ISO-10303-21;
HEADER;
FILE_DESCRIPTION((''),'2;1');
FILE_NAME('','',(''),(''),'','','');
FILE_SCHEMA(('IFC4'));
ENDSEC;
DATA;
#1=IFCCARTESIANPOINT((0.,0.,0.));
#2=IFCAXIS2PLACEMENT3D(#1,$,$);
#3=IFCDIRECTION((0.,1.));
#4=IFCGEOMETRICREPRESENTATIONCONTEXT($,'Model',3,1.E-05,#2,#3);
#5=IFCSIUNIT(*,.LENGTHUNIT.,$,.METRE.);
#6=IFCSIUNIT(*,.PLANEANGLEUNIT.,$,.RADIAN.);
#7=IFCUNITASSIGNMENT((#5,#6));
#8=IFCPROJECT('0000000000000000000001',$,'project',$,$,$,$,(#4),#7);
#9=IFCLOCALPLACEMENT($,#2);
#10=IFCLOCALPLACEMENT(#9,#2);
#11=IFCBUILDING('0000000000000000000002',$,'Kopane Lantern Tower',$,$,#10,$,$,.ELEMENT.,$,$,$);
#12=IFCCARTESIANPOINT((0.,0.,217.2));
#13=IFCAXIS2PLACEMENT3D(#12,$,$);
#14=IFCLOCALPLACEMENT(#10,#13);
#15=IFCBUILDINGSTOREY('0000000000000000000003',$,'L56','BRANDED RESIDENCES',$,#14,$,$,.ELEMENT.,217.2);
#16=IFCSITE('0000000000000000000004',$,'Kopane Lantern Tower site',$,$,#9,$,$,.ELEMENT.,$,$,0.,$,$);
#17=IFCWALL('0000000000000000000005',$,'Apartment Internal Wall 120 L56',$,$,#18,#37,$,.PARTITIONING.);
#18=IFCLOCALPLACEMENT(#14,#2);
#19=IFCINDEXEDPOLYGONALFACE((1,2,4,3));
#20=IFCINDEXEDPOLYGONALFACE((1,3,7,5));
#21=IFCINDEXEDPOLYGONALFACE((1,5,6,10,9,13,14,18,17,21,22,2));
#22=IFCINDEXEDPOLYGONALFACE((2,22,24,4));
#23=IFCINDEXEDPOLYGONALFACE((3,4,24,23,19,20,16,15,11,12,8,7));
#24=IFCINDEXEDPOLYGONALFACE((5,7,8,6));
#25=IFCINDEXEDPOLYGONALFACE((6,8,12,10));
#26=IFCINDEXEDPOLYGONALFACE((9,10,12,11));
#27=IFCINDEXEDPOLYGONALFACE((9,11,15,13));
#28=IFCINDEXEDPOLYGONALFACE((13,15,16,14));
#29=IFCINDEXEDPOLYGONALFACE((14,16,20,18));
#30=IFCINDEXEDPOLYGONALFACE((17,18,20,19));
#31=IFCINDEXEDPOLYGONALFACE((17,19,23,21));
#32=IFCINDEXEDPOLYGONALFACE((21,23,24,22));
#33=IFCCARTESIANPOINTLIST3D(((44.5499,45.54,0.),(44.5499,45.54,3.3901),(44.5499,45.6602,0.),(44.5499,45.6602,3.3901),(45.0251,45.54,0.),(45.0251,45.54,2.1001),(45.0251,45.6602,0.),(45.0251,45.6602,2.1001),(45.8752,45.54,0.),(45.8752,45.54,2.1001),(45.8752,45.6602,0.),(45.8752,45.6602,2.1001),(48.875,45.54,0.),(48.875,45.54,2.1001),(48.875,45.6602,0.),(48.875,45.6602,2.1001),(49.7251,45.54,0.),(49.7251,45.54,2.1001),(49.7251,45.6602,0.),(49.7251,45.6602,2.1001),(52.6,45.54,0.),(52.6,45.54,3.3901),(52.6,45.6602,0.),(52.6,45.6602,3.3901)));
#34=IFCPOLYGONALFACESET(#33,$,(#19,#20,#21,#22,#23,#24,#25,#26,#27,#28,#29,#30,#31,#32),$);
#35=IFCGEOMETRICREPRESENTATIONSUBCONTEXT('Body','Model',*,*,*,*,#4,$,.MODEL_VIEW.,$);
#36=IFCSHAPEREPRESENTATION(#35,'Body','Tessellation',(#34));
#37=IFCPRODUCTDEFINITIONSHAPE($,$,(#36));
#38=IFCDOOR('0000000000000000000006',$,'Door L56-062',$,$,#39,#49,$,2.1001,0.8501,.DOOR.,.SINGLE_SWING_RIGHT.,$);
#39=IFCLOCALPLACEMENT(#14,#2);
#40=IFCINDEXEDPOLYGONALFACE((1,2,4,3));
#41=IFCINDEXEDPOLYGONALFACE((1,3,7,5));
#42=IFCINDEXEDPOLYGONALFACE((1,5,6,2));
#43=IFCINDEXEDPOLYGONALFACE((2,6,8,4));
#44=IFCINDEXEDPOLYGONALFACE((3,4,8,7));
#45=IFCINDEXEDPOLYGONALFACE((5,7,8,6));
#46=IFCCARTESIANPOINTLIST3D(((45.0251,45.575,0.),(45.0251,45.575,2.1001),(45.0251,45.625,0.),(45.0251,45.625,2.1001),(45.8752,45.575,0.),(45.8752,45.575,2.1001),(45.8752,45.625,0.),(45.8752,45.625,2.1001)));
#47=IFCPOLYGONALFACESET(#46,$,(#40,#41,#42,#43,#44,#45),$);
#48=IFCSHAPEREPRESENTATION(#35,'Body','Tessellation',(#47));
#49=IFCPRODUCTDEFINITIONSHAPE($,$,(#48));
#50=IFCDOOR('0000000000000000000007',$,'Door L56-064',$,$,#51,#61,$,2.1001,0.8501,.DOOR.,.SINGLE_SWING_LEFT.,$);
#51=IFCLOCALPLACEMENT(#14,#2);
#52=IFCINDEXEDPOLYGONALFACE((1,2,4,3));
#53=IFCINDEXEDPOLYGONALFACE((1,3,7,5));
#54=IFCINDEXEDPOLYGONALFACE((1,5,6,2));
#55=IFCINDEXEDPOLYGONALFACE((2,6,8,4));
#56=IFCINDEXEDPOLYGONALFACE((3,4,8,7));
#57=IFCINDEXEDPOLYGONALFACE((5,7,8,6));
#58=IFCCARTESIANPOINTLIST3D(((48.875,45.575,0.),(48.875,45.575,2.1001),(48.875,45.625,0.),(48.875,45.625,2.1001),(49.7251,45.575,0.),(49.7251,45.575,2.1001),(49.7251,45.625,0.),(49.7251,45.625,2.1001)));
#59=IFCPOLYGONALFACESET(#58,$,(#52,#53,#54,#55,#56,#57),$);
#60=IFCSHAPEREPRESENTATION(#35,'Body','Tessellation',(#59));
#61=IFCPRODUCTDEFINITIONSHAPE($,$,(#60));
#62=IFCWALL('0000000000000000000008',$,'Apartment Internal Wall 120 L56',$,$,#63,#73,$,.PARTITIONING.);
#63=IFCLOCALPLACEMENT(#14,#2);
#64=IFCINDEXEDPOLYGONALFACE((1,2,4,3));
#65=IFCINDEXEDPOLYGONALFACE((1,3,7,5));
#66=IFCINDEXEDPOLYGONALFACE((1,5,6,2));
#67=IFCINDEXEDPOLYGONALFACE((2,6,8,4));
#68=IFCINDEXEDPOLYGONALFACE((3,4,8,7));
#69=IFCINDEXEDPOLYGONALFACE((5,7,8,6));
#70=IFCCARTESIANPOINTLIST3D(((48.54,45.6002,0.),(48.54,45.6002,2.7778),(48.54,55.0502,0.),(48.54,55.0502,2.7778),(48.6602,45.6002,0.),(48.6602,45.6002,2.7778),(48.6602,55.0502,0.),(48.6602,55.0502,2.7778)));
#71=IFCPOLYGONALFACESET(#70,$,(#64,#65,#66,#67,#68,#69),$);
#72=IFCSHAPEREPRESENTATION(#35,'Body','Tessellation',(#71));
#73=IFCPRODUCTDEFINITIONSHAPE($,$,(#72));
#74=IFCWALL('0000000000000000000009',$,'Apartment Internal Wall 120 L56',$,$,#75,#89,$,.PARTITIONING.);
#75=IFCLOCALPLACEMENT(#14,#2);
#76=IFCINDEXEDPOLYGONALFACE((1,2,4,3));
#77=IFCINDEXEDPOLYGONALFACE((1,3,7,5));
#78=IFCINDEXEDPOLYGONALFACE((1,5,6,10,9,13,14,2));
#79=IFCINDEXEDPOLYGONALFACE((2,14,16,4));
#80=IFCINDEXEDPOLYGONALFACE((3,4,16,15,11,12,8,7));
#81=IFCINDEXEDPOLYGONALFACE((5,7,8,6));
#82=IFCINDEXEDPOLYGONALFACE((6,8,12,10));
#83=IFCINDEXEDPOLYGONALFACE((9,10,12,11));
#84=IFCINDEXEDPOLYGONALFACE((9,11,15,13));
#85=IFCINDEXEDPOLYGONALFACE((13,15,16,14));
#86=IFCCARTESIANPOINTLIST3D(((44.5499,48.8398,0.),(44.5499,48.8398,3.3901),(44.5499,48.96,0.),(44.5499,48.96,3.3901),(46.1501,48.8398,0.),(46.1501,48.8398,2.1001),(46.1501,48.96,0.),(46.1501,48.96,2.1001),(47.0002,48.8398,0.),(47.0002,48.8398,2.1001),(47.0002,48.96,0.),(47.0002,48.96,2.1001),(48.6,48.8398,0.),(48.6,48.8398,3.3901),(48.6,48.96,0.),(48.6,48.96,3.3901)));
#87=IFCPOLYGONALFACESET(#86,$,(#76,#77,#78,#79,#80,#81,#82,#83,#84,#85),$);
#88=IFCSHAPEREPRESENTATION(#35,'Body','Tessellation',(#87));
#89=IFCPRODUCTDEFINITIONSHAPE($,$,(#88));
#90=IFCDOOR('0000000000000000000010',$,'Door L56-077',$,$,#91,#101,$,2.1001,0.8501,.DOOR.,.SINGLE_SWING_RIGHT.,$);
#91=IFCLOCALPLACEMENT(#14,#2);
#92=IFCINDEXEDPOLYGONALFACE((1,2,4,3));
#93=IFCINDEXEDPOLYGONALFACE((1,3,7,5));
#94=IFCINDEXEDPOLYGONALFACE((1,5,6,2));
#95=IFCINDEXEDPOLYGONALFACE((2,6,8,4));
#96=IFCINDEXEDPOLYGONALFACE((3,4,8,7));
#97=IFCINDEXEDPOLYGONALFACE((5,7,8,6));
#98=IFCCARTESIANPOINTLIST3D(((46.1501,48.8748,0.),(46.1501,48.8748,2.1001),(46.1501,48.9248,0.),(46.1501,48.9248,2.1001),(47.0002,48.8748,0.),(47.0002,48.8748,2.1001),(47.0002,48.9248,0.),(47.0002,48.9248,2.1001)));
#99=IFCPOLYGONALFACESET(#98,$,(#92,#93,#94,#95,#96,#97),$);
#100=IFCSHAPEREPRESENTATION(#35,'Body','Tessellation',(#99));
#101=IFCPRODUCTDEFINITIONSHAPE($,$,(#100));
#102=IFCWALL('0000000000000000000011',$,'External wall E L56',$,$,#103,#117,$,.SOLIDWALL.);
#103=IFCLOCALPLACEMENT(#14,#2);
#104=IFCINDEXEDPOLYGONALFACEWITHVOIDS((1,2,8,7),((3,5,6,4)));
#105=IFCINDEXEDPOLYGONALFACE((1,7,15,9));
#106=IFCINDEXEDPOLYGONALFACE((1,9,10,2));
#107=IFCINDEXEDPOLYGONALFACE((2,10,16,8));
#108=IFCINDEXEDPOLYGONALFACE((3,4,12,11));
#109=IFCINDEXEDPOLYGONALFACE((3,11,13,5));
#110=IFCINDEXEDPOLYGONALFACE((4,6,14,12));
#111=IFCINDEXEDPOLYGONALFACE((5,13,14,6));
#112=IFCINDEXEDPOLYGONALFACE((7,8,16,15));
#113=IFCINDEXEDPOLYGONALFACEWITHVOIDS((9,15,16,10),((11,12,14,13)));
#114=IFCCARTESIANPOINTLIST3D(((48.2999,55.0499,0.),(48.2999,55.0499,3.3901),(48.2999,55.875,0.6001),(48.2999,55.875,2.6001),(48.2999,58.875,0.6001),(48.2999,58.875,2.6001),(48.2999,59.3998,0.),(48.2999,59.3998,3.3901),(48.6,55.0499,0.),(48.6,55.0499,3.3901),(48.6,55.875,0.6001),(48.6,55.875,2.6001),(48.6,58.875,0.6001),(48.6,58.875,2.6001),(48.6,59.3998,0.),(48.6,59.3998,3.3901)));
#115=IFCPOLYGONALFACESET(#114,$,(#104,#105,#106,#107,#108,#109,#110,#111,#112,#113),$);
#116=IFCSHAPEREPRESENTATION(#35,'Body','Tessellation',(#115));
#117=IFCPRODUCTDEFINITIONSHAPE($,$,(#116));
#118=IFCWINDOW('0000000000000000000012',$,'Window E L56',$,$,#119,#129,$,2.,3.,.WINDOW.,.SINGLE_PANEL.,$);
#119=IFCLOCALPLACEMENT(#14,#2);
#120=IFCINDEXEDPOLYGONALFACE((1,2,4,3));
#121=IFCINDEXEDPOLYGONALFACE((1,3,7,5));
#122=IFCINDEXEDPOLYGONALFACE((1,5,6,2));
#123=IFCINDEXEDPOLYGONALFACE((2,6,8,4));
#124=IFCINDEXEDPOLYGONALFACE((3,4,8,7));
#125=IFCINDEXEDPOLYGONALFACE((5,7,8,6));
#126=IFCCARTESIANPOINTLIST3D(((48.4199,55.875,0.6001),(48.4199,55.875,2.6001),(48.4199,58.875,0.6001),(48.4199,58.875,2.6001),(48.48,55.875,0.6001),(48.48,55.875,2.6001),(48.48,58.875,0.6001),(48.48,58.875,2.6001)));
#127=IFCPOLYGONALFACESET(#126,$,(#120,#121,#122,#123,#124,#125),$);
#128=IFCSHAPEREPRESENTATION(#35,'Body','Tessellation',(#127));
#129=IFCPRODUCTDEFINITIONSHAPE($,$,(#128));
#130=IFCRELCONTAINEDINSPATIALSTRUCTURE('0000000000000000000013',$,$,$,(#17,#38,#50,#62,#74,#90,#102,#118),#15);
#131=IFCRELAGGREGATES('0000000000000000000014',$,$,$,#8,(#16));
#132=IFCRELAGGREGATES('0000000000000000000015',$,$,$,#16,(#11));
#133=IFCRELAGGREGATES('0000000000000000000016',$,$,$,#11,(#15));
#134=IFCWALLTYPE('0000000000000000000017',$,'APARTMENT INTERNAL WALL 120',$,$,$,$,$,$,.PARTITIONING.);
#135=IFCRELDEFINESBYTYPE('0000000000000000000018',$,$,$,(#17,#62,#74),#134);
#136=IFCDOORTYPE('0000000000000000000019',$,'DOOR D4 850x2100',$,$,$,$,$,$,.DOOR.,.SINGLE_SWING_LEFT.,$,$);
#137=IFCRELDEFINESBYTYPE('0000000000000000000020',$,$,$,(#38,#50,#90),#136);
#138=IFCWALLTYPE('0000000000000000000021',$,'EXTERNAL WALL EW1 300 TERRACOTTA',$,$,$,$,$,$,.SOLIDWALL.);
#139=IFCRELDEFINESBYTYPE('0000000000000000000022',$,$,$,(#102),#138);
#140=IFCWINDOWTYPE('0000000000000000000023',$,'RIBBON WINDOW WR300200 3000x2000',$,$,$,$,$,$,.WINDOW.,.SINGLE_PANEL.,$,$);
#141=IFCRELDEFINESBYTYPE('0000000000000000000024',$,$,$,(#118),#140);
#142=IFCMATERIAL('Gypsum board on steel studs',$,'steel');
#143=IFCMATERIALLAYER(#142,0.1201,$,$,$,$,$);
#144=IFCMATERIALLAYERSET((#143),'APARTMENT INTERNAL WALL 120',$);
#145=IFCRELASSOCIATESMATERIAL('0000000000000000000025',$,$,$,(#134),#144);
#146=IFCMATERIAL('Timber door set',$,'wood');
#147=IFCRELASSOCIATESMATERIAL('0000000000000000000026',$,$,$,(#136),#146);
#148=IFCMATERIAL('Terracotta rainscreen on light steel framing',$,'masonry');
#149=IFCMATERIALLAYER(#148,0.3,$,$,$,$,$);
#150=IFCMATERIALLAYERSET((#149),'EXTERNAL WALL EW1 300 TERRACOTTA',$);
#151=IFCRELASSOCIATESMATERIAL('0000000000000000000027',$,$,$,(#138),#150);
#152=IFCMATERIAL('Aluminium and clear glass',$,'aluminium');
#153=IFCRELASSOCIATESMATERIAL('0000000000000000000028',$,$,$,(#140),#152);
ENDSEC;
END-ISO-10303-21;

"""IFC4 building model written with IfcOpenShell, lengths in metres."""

from ifc_helpers import new_model, si_unit, direction, frame, frame_2d, origin, place, context, subcontext, project, spatial, rectangle, extrude, material, layer, layer_set, type_object, element, fill, save


model = new_model("IFC4")

# Units and contexts
model_context = context("Model", 3, precision=1e-05, world=origin(), true_north=direction((0.0, 1.0)))
body_context = subcontext(model_context, "Body", "Model", "MODEL_VIEW")
ifc_project = project(units=[si_unit("LENGTHUNIT", "METRE"), si_unit("PLANEANGLEUNIT", "RADIAN")], contexts=[model_context])

# Site, building, storey
site_placement = place(None, origin())
site = spatial("IfcSite", under=ifc_project, at=site_placement, Name="Kopane Lantern Tower site", CompositionType="ELEMENT", RefElevation=0.0)
building_placement = place(site_placement, origin())
building = spatial("IfcBuilding", under=site, at=building_placement, Name="Kopane Lantern Tower", CompositionType="ELEMENT")
storey_placement = place(building_placement, frame((0.0, 0.0, 217.2)))
storey = spatial("IfcBuildingStorey", under=building, at=storey_placement, Name="L56", Description="BRANDED RESIDENCES", CompositionType="ELEMENT", Elevation=217.2)

# Wall, openings, doors
ifc_material_1 = material(Name="Gypsum board on steel studs", Category="steel")
ifc_layer_1 = layer(ifc_material_1, 0.1201)
ifc_layer_set_1 = layer_set([ifc_layer_1], Name="APARTMENT INTERNAL WALL 120")
wall_type_1 = type_object("IfcWallType", Name="APARTMENT INTERNAL WALL 120", PredefinedType="PARTITIONING", material=ifc_layer_set_1)
wall_1_placement = place(storey_placement, frame((44.55, 45.6001, 0.0), z_axis=(0.0, 0.0, 1.0), x_axis=(1.0, 0.0, 0.0)))
wall_1 = element("IfcWall", 1, at=wall_1_placement, inside=storey, type_object=wall_type_1, Name="Apartment Internal Wall 120 L56", PredefinedType="PARTITIONING", context=body_context, shape_type="SweptSolid", body=[
    extrude(rectangle(XDim=8.05, YDim=0.1201, at=frame_2d((4.0249, 0.0))), origin(), (0.0, 0.0, 1.0), 3.3901),
])
opening_1_placement = place(wall_1_placement, frame((0.4751, 0.0, 0.0)))
opening_1 = element("IfcOpeningElement", 2, at=opening_1_placement, cuts=wall_1, PredefinedType="OPENING", context=body_context, shape_type="SweptSolid", body=[
    extrude(rectangle(XDim=0.8501, YDim=2.1001, at=frame_2d((0.425, 1.05))), frame((0.0, 0.0701, 0.0), z_axis=(0.0, -1.0, 0.0), x_axis=(1.0, 0.0, 0.0)), (0.0, 0.0, 1.0), 0.1401),
])
opening_2_placement = place(wall_1_placement, frame((4.325, 0.0, 0.0)))
opening_2 = element("IfcOpeningElement", 3, at=opening_2_placement, cuts=wall_1, PredefinedType="OPENING", context=body_context, shape_type="SweptSolid", body=[
    extrude(rectangle(XDim=0.8501, YDim=2.1001, at=frame_2d((0.425, 1.05))), frame((0.0, 0.0701, 0.0), z_axis=(0.0, -1.0, 0.0), x_axis=(1.0, 0.0, 0.0)), (0.0, 0.0, 1.0), 0.1401),
])
ifc_material_2 = material(Name="Timber door set", Category="wood")
door_type = type_object("IfcDoorType", Name="DOOR D4 850x2100", OperationType="SINGLE_SWING_LEFT", PredefinedType="DOOR", material=ifc_material_2)
door_1_placement = place(opening_1_placement, origin())
door_1 = element("IfcDoor", 4, at=door_1_placement, inside=storey, type_object=door_type, Name="Door L56-062", OperationType="SINGLE_SWING_RIGHT", OverallHeight=2.1001, OverallWidth=0.8501, PredefinedType="DOOR", context=body_context, shape_type="SweptSolid", body=[
    extrude(rectangle(XDim=0.8501, YDim=2.1001, at=frame_2d((0.425, 1.05))), frame((0.0, 0.0249, 0.0), z_axis=(0.0, -1.0, 0.0), x_axis=(1.0, 0.0, 0.0)), (0.0, 0.0, 1.0), 0.05),
])
fill(opening_1, door_1)
door_2_placement = place(opening_2_placement, origin())
door_2 = element("IfcDoor", 5, at=door_2_placement, inside=storey, type_object=door_type, Name="Door L56-064", OperationType="SINGLE_SWING_LEFT", OverallHeight=2.1001, OverallWidth=0.8501, PredefinedType="DOOR", context=body_context, shape_type="SweptSolid", body=[
    extrude(rectangle(XDim=0.8501, YDim=2.1001, at=frame_2d((0.425, 1.05))), frame((0.0, 0.0249, 0.0), z_axis=(0.0, -1.0, 0.0), x_axis=(1.0, 0.0, 0.0)), (0.0, 0.0, 1.0), 0.05),
])
fill(opening_2, door_2)

# Wall
wall_2_placement = place(storey_placement, frame((48.6001, 45.6001, 0.0), z_axis=(0.0, 0.0, 1.0), x_axis=(0.0, 1.0, 0.0)))
element("IfcWall", 6, at=wall_2_placement, inside=storey, type_object=wall_type_1, Name="Apartment Internal Wall 120 L56", PredefinedType="PARTITIONING", context=body_context, shape_type="SweptSolid", body=[
    extrude(rectangle(XDim=9.45, YDim=0.1201, at=frame_2d((4.7251, 0.0))), origin(), (0.0, 0.0, 1.0), 2.7778),
])

# Wall, opening, door
wall_3_placement = place(storey_placement, frame((44.55, 48.8999, 0.0), z_axis=(0.0, 0.0, 1.0), x_axis=(1.0, 0.0, 0.0)))
wall_3 = element("IfcWall", 7, at=wall_3_placement, inside=storey, type_object=wall_type_1, Name="Apartment Internal Wall 120 L56", PredefinedType="PARTITIONING", context=body_context, shape_type="SweptSolid", body=[
    extrude(rectangle(XDim=4.05, YDim=0.1201, at=frame_2d((2.0249, 0.0))), origin(), (0.0, 0.0, 1.0), 3.3901),
])
opening_3_placement = place(wall_3_placement, frame((1.6001, 0.0, 0.0)))
opening_3 = element("IfcOpeningElement", 8, at=opening_3_placement, cuts=wall_3, PredefinedType="OPENING", context=body_context, shape_type="SweptSolid", body=[
    extrude(rectangle(XDim=0.8501, YDim=2.1001, at=frame_2d((0.425, 1.05))), frame((0.0, 0.0701, 0.0), z_axis=(0.0, -1.0, 0.0), x_axis=(1.0, 0.0, 0.0)), (0.0, 0.0, 1.0), 0.1401),
])
door_3_placement = place(opening_3_placement, origin())
door_3 = element("IfcDoor", 9, at=door_3_placement, inside=storey, type_object=door_type, Name="Door L56-077", OperationType="SINGLE_SWING_RIGHT", OverallHeight=2.1001, OverallWidth=0.8501, PredefinedType="DOOR", context=body_context, shape_type="SweptSolid", body=[
    extrude(rectangle(XDim=0.8501, YDim=2.1001, at=frame_2d((0.425, 1.05))), frame((0.0, 0.0249, 0.0), z_axis=(0.0, -1.0, 0.0), x_axis=(1.0, 0.0, 0.0)), (0.0, 0.0, 1.0), 0.05),
])
fill(opening_3, door_3)

# Wall, opening, window
ifc_material_3 = material(Name="Terracotta rainscreen on light steel framing", Category="masonry")
ifc_layer_2 = layer(ifc_material_3, 0.3)
ifc_layer_set_2 = layer_set([ifc_layer_2], Name="EXTERNAL WALL EW1 300 TERRACOTTA")
wall_type_2 = type_object("IfcWallType", Name="EXTERNAL WALL EW1 300 TERRACOTTA", PredefinedType="SOLIDWALL", material=ifc_layer_set_2)
wall_4_placement = place(storey_placement, frame((48.45, 55.05, 0.0), z_axis=(0.0, 0.0, 1.0), x_axis=(0.0, 1.0, 0.0)))
wall_4 = element("IfcWall", 10, at=wall_4_placement, inside=storey, type_object=wall_type_2, Name="External wall E L56", PredefinedType="SOLIDWALL", context=body_context, shape_type="SweptSolid", body=[
    extrude(rectangle(XDim=4.3499, YDim=0.3, at=frame_2d((2.1748, 0.0))), origin(), (0.0, 0.0, 1.0), 3.3901),
])
opening_4_placement = place(wall_4_placement, frame((0.825, 0.0, 0.6001)))
opening_4 = element("IfcOpeningElement", 11, at=opening_4_placement, cuts=wall_4, PredefinedType="OPENING", context=body_context, shape_type="SweptSolid", body=[
    extrude(rectangle(XDim=3.0, YDim=2.0, at=frame_2d((1.5, 1.0))), frame((0.0, 0.1599, 0.0), z_axis=(0.0, -1.0, 0.0), x_axis=(1.0, 0.0, 0.0)), (0.0, 0.0, 1.0), 0.3201),
])
ifc_material_4 = material(Name="Aluminium and clear glass", Category="aluminium")
window_type_1 = type_object("IfcWindowType", Name="RIBBON WINDOW WR300200 3000x2000", PartitioningType="SINGLE_PANEL", PredefinedType="WINDOW", material=ifc_material_4)
window_1_placement = place(opening_4_placement, origin())
window_1 = element("IfcWindow", 12, at=window_1_placement, inside=storey, type_object=window_type_1, Name="Window E L56", OverallHeight=2.0, OverallWidth=3.0, PartitioningType="SINGLE_PANEL", PredefinedType="WINDOW", context=body_context, shape_type="SweptSolid", body=[
    extrude(rectangle(XDim=3.0, YDim=2.0, at=frame_2d((1.5, 1.0))), frame((0.0, 0.03, 0.0), z_axis=(0.0, -1.0, 0.0), x_axis=(1.0, 0.0, 0.0)), (0.0, 0.0, 1.0), 0.0601),
])
fill(opening_4, window_1)

save(model, "model.ifc")
